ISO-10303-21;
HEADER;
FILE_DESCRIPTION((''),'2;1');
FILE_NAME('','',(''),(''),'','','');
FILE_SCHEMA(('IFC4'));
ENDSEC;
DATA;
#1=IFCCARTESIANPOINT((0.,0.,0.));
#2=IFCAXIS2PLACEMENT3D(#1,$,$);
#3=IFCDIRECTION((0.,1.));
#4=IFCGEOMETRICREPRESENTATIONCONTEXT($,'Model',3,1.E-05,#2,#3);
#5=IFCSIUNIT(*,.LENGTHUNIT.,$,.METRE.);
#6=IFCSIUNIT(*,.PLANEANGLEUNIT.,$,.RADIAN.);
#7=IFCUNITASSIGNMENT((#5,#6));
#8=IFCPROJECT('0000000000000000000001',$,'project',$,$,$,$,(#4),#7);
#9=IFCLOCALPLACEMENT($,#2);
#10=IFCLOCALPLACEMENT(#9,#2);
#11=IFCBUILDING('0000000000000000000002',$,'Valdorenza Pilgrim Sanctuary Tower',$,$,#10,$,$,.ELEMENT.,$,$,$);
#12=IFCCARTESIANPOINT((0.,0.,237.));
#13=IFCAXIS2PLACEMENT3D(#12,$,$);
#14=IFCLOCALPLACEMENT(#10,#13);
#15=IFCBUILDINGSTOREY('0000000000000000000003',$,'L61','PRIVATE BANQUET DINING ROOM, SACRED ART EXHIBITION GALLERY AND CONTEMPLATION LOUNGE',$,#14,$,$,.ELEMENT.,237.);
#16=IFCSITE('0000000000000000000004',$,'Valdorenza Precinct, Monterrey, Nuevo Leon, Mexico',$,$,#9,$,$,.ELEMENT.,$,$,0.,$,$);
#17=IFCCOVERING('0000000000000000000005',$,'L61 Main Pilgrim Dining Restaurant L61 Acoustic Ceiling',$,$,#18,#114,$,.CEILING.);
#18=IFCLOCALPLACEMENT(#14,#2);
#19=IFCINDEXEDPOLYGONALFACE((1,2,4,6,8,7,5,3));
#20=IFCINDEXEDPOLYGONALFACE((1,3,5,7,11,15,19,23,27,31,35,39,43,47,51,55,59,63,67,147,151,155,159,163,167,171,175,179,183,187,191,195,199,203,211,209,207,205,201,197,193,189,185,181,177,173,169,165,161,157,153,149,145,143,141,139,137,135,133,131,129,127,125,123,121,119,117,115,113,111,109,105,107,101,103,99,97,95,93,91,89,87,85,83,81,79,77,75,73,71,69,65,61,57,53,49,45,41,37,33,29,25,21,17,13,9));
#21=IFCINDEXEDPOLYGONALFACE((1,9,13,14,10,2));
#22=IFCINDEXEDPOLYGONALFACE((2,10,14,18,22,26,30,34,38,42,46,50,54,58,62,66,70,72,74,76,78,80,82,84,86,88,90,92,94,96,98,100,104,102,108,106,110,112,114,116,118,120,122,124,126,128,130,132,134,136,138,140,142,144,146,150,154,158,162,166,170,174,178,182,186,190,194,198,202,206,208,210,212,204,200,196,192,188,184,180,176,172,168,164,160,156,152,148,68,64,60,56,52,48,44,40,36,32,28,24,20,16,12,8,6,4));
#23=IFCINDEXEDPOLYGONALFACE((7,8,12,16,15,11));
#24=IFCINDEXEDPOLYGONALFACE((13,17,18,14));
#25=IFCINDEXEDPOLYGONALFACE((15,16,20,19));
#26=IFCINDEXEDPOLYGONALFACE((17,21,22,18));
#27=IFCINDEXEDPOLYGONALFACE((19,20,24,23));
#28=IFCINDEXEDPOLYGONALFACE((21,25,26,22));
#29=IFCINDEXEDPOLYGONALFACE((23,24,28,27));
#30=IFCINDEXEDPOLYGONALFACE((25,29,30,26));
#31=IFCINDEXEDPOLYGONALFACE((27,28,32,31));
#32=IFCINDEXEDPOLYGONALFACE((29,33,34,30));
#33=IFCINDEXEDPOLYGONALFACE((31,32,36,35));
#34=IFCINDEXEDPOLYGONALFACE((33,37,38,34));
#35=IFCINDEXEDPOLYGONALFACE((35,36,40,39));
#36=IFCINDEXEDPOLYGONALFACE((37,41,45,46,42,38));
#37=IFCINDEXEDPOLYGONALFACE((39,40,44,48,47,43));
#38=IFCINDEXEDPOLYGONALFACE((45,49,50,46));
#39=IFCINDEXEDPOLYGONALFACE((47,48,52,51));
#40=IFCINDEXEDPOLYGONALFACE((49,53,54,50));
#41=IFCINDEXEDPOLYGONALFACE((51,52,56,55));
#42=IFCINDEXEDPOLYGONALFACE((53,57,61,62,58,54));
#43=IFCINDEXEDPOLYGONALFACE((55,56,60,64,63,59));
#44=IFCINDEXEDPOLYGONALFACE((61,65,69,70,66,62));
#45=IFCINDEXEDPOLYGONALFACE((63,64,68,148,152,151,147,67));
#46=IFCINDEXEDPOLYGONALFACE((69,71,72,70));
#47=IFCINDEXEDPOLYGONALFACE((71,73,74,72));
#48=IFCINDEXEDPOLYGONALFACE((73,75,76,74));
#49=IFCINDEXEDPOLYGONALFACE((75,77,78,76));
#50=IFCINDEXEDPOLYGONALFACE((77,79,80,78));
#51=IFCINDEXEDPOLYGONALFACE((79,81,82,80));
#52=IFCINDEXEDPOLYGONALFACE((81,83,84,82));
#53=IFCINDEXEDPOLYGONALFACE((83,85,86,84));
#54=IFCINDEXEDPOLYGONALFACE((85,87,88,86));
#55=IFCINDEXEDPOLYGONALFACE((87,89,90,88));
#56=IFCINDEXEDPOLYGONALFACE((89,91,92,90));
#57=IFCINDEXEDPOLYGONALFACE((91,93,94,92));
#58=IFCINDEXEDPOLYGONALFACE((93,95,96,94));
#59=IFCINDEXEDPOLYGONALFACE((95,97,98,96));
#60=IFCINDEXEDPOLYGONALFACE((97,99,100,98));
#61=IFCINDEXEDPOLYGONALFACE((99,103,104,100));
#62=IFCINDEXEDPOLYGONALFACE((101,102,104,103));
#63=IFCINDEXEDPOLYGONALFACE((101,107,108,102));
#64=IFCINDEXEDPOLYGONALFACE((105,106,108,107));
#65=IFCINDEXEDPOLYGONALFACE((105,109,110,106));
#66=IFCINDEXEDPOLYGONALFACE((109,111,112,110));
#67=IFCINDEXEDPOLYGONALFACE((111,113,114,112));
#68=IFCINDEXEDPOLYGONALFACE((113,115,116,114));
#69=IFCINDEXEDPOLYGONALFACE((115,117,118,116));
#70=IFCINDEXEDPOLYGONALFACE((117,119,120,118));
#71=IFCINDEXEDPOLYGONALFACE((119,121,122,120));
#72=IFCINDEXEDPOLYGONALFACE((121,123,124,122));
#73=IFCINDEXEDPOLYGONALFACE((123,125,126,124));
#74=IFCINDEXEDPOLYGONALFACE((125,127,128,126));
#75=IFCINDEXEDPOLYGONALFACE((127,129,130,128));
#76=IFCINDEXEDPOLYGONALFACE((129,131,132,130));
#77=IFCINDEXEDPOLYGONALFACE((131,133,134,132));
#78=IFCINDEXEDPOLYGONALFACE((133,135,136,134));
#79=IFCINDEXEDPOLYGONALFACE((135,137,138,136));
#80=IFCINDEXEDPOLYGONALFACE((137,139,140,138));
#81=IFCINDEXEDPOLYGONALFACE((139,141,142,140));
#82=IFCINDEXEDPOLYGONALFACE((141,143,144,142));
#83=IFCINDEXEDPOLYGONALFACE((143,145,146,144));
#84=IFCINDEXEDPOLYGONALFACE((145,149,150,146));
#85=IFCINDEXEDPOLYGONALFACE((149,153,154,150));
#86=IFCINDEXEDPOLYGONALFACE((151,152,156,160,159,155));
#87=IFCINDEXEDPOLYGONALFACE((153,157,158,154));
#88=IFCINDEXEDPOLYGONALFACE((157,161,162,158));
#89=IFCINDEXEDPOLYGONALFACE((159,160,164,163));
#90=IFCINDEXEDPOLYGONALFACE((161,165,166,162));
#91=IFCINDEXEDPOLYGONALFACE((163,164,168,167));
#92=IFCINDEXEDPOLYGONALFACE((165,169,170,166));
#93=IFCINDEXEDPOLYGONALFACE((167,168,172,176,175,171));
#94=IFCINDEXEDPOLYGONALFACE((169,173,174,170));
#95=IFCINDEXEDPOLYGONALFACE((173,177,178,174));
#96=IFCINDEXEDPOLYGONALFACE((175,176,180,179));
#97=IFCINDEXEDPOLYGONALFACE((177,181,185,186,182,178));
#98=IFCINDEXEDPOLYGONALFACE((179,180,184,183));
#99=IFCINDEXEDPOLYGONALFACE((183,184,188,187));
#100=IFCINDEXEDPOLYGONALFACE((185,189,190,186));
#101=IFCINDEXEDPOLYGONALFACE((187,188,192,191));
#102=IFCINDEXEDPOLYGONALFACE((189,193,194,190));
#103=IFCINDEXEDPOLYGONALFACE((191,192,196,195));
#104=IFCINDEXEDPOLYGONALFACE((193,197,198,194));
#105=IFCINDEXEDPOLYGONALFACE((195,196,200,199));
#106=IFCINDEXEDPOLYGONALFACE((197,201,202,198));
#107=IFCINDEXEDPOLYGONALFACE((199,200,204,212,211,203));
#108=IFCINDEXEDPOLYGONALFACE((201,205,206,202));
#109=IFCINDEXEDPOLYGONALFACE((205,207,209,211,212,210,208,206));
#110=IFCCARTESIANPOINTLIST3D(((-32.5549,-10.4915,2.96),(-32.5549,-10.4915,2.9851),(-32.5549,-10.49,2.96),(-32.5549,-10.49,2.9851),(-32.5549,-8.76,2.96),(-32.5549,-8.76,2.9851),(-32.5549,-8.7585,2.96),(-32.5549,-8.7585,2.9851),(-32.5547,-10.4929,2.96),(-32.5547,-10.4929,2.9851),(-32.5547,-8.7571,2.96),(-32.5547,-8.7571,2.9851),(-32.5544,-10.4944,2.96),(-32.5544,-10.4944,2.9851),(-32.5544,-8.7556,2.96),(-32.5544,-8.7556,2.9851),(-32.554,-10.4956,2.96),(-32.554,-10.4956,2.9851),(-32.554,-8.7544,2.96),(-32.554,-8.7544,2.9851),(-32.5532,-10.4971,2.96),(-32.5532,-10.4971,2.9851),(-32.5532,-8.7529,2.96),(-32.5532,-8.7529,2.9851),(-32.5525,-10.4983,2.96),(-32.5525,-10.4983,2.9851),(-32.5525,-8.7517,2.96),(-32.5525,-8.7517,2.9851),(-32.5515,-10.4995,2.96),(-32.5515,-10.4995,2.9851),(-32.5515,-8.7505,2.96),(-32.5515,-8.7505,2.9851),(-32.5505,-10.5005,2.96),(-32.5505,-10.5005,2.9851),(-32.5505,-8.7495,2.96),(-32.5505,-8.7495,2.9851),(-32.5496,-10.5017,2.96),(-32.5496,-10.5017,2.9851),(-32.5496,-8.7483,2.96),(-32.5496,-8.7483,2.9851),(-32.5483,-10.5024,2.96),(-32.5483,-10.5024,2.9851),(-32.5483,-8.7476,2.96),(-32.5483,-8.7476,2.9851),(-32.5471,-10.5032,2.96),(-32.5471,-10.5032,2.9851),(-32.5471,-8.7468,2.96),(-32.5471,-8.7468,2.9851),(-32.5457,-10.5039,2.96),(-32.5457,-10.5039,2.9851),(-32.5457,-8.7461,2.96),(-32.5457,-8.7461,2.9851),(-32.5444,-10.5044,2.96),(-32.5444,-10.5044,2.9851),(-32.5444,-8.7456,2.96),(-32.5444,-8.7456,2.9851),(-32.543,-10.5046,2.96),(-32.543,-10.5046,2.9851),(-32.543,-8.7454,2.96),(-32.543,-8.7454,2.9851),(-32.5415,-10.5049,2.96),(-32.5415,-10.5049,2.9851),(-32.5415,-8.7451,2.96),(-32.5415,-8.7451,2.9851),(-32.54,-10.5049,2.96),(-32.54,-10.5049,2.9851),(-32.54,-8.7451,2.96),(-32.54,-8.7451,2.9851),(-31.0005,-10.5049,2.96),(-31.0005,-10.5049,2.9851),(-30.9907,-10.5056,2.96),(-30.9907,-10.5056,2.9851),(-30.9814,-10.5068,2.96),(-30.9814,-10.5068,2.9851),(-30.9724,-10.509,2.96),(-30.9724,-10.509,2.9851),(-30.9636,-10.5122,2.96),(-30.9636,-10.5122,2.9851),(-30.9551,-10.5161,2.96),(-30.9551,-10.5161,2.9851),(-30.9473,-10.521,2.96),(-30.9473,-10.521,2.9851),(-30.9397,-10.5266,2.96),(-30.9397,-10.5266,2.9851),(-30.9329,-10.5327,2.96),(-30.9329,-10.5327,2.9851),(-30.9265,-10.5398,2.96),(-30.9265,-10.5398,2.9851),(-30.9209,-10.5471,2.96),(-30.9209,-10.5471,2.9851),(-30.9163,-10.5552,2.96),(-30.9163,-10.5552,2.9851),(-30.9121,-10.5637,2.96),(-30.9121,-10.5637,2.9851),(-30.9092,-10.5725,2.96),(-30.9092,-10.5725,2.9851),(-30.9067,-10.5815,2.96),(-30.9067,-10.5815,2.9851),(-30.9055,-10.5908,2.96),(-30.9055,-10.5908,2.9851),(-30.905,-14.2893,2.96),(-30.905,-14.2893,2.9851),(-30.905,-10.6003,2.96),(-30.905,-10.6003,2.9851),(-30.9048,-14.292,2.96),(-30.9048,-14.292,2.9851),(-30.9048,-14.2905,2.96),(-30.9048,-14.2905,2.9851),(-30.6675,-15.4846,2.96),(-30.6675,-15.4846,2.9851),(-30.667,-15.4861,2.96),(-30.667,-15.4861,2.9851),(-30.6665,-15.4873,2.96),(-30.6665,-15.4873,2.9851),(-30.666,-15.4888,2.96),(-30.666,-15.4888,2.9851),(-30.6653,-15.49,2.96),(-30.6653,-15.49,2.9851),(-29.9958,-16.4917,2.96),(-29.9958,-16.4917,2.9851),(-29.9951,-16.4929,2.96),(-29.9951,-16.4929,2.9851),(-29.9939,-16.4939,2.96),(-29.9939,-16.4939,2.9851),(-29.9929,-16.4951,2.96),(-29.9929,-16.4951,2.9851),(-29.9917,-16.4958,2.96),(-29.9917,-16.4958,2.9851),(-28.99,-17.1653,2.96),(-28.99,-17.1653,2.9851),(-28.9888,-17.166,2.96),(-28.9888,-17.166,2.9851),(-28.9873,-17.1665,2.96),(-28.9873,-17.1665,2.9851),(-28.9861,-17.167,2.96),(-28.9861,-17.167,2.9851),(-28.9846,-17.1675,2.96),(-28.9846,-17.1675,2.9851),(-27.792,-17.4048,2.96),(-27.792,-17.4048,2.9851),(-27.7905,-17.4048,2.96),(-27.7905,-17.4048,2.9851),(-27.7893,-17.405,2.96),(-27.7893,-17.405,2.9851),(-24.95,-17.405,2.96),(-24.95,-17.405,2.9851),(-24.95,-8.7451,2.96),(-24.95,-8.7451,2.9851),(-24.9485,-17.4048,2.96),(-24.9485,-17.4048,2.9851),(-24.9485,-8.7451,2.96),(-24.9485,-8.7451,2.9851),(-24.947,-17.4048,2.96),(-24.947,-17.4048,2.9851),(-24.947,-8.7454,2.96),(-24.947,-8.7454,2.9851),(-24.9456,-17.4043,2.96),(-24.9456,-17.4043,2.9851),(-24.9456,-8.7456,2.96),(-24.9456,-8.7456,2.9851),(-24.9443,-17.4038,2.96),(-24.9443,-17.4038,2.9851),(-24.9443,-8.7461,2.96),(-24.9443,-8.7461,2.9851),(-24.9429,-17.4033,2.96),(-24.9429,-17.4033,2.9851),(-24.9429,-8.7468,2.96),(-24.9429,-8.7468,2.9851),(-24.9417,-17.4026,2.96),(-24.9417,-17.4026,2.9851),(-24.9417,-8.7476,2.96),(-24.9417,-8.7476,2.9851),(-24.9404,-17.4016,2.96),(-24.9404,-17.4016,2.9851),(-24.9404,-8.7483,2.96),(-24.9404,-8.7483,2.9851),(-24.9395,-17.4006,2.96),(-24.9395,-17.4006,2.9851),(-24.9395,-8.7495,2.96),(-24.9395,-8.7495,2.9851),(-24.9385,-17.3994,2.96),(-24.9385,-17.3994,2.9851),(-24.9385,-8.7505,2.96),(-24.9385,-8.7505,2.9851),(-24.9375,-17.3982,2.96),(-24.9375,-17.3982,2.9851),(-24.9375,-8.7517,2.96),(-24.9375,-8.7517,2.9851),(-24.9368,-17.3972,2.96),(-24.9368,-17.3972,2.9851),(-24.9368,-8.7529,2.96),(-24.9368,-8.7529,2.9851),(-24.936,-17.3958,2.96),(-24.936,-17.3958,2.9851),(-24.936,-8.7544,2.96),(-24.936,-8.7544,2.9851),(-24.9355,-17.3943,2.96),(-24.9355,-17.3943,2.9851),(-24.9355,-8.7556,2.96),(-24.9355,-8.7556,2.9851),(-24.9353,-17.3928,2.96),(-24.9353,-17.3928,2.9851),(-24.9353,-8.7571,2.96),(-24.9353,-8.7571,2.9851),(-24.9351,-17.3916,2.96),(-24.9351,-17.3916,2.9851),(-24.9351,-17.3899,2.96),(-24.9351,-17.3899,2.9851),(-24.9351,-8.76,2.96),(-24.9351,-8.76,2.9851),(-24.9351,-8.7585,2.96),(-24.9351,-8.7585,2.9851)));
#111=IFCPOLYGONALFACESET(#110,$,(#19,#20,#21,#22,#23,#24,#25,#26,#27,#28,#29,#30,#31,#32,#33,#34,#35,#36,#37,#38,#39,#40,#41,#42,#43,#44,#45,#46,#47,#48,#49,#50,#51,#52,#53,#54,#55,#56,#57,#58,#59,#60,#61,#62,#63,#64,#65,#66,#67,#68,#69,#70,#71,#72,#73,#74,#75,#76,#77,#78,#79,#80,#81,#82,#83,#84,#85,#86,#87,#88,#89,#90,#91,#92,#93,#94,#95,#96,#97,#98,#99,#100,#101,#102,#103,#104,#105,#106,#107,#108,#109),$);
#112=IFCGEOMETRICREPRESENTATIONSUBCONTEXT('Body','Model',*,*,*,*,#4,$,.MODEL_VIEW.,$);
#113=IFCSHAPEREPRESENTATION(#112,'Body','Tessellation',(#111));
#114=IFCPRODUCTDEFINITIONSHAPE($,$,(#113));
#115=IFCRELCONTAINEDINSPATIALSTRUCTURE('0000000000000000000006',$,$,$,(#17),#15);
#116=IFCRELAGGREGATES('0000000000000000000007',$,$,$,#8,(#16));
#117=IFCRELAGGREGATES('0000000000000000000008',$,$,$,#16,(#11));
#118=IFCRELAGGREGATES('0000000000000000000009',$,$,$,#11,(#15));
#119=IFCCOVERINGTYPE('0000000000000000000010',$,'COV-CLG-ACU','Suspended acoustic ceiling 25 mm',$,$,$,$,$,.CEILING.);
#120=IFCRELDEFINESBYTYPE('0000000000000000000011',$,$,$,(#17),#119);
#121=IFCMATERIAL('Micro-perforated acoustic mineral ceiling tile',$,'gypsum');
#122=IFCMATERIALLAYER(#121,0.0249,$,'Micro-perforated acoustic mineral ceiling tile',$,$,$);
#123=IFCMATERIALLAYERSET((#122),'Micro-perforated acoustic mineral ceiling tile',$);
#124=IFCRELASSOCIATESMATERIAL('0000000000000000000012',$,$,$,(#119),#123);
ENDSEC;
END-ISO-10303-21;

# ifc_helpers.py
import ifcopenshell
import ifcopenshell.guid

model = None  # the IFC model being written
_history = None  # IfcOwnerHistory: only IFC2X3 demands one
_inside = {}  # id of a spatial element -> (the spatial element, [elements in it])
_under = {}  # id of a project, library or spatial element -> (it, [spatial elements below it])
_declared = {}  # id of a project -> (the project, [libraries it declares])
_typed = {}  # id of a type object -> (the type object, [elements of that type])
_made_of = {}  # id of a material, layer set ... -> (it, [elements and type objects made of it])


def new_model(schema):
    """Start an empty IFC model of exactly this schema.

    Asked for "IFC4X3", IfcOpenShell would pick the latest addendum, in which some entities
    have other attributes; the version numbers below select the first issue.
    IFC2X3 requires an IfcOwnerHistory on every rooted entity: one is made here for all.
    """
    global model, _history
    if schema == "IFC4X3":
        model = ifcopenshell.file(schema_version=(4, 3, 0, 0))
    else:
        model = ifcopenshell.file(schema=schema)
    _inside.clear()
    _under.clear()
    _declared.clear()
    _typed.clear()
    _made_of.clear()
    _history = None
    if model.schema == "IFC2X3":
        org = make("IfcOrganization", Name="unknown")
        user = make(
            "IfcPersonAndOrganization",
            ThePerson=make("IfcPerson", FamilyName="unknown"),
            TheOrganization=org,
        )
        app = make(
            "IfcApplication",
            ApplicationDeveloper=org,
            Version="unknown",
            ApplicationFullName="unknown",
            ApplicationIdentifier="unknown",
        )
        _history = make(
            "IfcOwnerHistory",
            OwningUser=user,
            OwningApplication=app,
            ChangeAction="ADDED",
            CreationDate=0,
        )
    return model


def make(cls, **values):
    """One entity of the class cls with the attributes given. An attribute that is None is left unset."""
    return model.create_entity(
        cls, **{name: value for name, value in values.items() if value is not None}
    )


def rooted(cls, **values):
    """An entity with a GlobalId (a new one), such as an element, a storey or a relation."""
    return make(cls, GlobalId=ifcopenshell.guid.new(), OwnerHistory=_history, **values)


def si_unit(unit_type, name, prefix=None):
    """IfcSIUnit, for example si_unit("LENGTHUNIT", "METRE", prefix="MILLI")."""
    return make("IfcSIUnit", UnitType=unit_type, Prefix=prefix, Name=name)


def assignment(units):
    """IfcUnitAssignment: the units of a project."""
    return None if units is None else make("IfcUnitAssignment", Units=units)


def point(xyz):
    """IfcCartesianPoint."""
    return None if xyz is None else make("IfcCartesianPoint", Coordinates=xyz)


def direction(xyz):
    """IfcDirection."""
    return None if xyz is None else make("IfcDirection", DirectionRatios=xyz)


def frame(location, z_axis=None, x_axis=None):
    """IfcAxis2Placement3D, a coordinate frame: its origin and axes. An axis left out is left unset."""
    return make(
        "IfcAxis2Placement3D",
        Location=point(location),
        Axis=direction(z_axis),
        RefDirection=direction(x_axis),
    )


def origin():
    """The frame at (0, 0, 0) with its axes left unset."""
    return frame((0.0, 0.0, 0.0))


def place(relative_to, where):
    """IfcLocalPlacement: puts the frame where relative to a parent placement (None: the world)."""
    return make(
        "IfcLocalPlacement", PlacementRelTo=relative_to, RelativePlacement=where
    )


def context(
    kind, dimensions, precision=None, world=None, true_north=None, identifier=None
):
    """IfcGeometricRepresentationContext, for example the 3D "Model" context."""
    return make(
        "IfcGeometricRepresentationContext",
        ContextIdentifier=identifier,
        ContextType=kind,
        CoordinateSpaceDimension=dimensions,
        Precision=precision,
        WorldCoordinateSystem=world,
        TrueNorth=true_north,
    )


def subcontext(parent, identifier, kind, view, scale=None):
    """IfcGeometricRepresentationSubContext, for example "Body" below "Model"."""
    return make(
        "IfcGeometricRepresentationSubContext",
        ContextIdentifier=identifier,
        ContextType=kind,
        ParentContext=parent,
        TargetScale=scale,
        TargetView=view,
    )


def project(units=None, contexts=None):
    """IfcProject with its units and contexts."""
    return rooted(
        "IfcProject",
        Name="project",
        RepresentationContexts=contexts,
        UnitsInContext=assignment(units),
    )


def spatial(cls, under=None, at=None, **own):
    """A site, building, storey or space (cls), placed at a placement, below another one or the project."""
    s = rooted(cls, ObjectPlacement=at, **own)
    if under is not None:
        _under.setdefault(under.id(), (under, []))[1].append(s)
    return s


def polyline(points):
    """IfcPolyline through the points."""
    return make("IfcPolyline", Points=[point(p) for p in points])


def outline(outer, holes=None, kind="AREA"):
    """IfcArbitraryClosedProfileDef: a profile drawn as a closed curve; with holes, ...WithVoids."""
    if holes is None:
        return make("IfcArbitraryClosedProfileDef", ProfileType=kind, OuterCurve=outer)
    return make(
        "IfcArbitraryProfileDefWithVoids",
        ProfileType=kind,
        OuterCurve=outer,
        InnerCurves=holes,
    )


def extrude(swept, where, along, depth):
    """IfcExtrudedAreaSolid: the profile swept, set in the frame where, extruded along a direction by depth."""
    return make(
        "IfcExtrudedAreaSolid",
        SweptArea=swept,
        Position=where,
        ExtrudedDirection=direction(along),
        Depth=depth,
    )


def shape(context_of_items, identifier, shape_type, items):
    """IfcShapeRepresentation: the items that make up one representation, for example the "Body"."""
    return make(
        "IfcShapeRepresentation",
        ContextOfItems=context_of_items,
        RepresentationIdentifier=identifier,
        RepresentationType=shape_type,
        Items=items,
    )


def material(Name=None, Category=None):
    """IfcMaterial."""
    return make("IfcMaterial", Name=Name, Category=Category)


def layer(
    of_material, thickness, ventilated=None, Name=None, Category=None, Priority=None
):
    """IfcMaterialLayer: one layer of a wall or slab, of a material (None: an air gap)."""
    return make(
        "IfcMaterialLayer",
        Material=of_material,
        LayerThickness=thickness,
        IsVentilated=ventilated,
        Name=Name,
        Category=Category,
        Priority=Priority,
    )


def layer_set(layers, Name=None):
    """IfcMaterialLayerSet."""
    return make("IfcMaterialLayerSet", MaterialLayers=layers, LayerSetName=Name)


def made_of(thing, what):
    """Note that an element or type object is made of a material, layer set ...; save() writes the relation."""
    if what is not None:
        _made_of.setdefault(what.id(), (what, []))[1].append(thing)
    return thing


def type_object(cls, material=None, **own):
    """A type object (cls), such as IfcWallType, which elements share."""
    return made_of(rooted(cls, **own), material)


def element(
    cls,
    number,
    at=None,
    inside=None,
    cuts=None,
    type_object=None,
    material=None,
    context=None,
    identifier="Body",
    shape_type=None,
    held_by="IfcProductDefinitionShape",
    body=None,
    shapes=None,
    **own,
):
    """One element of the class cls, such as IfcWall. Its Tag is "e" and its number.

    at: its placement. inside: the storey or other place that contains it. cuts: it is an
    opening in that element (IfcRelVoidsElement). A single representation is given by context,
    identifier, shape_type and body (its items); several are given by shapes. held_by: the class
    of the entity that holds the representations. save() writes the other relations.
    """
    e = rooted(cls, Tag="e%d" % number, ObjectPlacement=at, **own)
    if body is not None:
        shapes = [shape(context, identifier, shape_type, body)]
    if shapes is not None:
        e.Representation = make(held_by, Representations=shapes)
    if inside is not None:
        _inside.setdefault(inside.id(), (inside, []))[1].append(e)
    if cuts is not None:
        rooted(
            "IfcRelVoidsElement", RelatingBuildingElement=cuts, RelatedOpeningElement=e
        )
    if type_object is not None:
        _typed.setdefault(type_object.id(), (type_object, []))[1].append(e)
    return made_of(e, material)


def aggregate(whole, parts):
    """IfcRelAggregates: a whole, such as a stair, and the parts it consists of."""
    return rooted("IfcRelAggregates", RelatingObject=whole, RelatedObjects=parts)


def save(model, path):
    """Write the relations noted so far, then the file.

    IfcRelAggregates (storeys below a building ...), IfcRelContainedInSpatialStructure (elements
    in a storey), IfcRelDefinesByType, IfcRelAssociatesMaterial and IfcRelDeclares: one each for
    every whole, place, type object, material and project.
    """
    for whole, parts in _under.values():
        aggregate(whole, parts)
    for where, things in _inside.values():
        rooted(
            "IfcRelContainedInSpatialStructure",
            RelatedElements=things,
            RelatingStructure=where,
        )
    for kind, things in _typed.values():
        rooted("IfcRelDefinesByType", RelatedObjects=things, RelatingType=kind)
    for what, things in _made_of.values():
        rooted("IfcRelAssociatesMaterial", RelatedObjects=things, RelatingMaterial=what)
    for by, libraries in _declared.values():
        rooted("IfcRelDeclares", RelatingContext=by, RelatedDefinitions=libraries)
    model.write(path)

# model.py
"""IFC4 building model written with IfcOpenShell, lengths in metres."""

from ifc_helpers import new_model, si_unit, direction, frame, origin, place, context, subcontext, project, spatial, polyline, outline, extrude, material, layer, layer_set, type_object, element, save


model = new_model("IFC4")

# Units and contexts
model_context = context("Model", 3, precision=1e-05, world=origin(), true_north=direction((0.0, 1.0)))
body_context = subcontext(model_context, "Body", "Model", "MODEL_VIEW")
ifc_project = project(units=[si_unit("LENGTHUNIT", "METRE"), si_unit("PLANEANGLEUNIT", "RADIAN")], contexts=[model_context])

# Site, building, storey
site_placement = place(None, origin())
site = spatial("IfcSite", under=ifc_project, at=site_placement, Name="Valdorenza Precinct, Monterrey, Nuevo Leon, Mexico", CompositionType="ELEMENT", RefElevation=0.0)
building_placement = place(site_placement, origin())
building = spatial("IfcBuilding", under=site, at=building_placement, Name="Valdorenza Pilgrim Sanctuary Tower", CompositionType="ELEMENT")
storey_placement = place(building_placement, frame((0.0, 0.0, 237.0)))
storey = spatial("IfcBuildingStorey", under=building, at=storey_placement, Name="L61", Description="PRIVATE BANQUET DINING ROOM, SACRED ART EXHIBITION GALLERY AND CONTEMPLATION LOUNGE", CompositionType="ELEMENT", Elevation=237.0)

# Covering
ifc_material_1 = material(Name="Micro-perforated acoustic mineral ceiling tile", Category="gypsum")
ifc_layer_1 = layer(ifc_material_1, 0.0249, Name="Micro-perforated acoustic mineral ceiling tile")
ifc_layer_set_1 = layer_set([ifc_layer_1], Name="Micro-perforated acoustic mineral ceiling tile")
covering_type_1 = type_object("IfcCoveringType", Name="COV-CLG-ACU", Description="Suspended acoustic ceiling 25 mm", PredefinedType="CEILING", material=ifc_layer_set_1)
covering_1_placement = place(storey_placement, frame((0.0, 0.0, 2.96)))
element("IfcCovering", 1, at=covering_1_placement, inside=storey, type_object=covering_type_1, Name="L61 Main Pilgrim Dining Restaurant L61 Acoustic Ceiling", PredefinedType="CEILING", context=body_context, shape_type="SweptSolid", body=[
    extrude(outline(polyline([(-24.9351, -17.3899), (-24.9351, -17.3916), (-24.9353, -17.3928), (-24.9355, -17.3943), (-24.936, -17.3958), (-24.9368, -17.3972), (-24.9375, -17.3982), (-24.9385, -17.3994), (-24.9395, -17.4006), (-24.9404, -17.4016), (-24.9417, -17.4026), (-24.9429, -17.4033), (-24.9443, -17.4038), (-24.9456, -17.4043), (-24.947, -17.4048), (-24.9485, -17.4048), (-24.95, -17.405), (-27.7893, -17.405), (-27.7905, -17.4048), (-27.792, -17.4048), (-28.9846, -17.1675), (-28.9861, -17.167), (-28.9873, -17.1665), (-28.9888, -17.166), (-28.99, -17.1653), (-29.9917, -16.4958), (-29.9929, -16.4951), (-29.9939, -16.4939), (-29.9951, -16.4929), (-29.9958, -16.4917), (-30.6653, -15.49), (-30.666, -15.4888), (-30.6665, -15.4873), (-30.667, -15.4861), (-30.6675, -15.4846), (-30.9048, -14.292), (-30.9048, -14.2905), (-30.905, -14.2893), (-30.905, -10.6003), (-30.9055, -10.5908), (-30.9067, -10.5815), (-30.9092, -10.5725), (-30.9121, -10.5637), (-30.9163, -10.5552), (-30.9209, -10.5471), (-30.9265, -10.5398), (-30.9329, -10.5327), (-30.9397, -10.5266), (-30.9473, -10.521), (-30.9551, -10.5161), (-30.9636, -10.5122), (-30.9724, -10.509), (-30.9814, -10.5068), (-30.9907, -10.5056), (-31.0005, -10.5049), (-32.54, -10.5049), (-32.5415, -10.5049), (-32.543, -10.5046), (-32.5444, -10.5044), (-32.5457, -10.5039), (-32.5471, -10.5032), (-32.5483, -10.5024), (-32.5496, -10.5017), (-32.5505, -10.5005), (-32.5515, -10.4995), (-32.5525, -10.4983), (-32.5532, -10.4971), (-32.554, -10.4956), (-32.5544, -10.4944), (-32.5547, -10.4929), (-32.5549, -10.4915), (-32.5549, -10.49), (-32.5549, -8.76), (-32.5549, -8.7585), (-32.5547, -8.7571), (-32.5544, -8.7556), (-32.554, -8.7544), (-32.5532, -8.7529), (-32.5525, -8.7517), (-32.5515, -8.7505), (-32.5505, -8.7495), (-32.5496, -8.7483), (-32.5483, -8.7476), (-32.5471, -8.7468), (-32.5457, -8.7461), (-32.5444, -8.7456), (-32.543, -8.7454), (-32.5415, -8.7451), (-32.54, -8.7451), (-24.95, -8.7451), (-24.9485, -8.7451), (-24.947, -8.7454), (-24.9456, -8.7456), (-24.9443, -8.7461), (-24.9429, -8.7468), (-24.9417, -8.7476), (-24.9404, -8.7483), (-24.9395, -8.7495), (-24.9385, -8.7505), (-24.9375, -8.7517), (-24.9368, -8.7529), (-24.936, -8.7544), (-24.9355, -8.7556), (-24.9353, -8.7571), (-24.9351, -8.7585), (-24.9351, -8.76), (-24.9351, -17.3899)])), origin(), (0.0, 0.0, 1.0), 0.0251),
])

save(model, "model.ifc")
